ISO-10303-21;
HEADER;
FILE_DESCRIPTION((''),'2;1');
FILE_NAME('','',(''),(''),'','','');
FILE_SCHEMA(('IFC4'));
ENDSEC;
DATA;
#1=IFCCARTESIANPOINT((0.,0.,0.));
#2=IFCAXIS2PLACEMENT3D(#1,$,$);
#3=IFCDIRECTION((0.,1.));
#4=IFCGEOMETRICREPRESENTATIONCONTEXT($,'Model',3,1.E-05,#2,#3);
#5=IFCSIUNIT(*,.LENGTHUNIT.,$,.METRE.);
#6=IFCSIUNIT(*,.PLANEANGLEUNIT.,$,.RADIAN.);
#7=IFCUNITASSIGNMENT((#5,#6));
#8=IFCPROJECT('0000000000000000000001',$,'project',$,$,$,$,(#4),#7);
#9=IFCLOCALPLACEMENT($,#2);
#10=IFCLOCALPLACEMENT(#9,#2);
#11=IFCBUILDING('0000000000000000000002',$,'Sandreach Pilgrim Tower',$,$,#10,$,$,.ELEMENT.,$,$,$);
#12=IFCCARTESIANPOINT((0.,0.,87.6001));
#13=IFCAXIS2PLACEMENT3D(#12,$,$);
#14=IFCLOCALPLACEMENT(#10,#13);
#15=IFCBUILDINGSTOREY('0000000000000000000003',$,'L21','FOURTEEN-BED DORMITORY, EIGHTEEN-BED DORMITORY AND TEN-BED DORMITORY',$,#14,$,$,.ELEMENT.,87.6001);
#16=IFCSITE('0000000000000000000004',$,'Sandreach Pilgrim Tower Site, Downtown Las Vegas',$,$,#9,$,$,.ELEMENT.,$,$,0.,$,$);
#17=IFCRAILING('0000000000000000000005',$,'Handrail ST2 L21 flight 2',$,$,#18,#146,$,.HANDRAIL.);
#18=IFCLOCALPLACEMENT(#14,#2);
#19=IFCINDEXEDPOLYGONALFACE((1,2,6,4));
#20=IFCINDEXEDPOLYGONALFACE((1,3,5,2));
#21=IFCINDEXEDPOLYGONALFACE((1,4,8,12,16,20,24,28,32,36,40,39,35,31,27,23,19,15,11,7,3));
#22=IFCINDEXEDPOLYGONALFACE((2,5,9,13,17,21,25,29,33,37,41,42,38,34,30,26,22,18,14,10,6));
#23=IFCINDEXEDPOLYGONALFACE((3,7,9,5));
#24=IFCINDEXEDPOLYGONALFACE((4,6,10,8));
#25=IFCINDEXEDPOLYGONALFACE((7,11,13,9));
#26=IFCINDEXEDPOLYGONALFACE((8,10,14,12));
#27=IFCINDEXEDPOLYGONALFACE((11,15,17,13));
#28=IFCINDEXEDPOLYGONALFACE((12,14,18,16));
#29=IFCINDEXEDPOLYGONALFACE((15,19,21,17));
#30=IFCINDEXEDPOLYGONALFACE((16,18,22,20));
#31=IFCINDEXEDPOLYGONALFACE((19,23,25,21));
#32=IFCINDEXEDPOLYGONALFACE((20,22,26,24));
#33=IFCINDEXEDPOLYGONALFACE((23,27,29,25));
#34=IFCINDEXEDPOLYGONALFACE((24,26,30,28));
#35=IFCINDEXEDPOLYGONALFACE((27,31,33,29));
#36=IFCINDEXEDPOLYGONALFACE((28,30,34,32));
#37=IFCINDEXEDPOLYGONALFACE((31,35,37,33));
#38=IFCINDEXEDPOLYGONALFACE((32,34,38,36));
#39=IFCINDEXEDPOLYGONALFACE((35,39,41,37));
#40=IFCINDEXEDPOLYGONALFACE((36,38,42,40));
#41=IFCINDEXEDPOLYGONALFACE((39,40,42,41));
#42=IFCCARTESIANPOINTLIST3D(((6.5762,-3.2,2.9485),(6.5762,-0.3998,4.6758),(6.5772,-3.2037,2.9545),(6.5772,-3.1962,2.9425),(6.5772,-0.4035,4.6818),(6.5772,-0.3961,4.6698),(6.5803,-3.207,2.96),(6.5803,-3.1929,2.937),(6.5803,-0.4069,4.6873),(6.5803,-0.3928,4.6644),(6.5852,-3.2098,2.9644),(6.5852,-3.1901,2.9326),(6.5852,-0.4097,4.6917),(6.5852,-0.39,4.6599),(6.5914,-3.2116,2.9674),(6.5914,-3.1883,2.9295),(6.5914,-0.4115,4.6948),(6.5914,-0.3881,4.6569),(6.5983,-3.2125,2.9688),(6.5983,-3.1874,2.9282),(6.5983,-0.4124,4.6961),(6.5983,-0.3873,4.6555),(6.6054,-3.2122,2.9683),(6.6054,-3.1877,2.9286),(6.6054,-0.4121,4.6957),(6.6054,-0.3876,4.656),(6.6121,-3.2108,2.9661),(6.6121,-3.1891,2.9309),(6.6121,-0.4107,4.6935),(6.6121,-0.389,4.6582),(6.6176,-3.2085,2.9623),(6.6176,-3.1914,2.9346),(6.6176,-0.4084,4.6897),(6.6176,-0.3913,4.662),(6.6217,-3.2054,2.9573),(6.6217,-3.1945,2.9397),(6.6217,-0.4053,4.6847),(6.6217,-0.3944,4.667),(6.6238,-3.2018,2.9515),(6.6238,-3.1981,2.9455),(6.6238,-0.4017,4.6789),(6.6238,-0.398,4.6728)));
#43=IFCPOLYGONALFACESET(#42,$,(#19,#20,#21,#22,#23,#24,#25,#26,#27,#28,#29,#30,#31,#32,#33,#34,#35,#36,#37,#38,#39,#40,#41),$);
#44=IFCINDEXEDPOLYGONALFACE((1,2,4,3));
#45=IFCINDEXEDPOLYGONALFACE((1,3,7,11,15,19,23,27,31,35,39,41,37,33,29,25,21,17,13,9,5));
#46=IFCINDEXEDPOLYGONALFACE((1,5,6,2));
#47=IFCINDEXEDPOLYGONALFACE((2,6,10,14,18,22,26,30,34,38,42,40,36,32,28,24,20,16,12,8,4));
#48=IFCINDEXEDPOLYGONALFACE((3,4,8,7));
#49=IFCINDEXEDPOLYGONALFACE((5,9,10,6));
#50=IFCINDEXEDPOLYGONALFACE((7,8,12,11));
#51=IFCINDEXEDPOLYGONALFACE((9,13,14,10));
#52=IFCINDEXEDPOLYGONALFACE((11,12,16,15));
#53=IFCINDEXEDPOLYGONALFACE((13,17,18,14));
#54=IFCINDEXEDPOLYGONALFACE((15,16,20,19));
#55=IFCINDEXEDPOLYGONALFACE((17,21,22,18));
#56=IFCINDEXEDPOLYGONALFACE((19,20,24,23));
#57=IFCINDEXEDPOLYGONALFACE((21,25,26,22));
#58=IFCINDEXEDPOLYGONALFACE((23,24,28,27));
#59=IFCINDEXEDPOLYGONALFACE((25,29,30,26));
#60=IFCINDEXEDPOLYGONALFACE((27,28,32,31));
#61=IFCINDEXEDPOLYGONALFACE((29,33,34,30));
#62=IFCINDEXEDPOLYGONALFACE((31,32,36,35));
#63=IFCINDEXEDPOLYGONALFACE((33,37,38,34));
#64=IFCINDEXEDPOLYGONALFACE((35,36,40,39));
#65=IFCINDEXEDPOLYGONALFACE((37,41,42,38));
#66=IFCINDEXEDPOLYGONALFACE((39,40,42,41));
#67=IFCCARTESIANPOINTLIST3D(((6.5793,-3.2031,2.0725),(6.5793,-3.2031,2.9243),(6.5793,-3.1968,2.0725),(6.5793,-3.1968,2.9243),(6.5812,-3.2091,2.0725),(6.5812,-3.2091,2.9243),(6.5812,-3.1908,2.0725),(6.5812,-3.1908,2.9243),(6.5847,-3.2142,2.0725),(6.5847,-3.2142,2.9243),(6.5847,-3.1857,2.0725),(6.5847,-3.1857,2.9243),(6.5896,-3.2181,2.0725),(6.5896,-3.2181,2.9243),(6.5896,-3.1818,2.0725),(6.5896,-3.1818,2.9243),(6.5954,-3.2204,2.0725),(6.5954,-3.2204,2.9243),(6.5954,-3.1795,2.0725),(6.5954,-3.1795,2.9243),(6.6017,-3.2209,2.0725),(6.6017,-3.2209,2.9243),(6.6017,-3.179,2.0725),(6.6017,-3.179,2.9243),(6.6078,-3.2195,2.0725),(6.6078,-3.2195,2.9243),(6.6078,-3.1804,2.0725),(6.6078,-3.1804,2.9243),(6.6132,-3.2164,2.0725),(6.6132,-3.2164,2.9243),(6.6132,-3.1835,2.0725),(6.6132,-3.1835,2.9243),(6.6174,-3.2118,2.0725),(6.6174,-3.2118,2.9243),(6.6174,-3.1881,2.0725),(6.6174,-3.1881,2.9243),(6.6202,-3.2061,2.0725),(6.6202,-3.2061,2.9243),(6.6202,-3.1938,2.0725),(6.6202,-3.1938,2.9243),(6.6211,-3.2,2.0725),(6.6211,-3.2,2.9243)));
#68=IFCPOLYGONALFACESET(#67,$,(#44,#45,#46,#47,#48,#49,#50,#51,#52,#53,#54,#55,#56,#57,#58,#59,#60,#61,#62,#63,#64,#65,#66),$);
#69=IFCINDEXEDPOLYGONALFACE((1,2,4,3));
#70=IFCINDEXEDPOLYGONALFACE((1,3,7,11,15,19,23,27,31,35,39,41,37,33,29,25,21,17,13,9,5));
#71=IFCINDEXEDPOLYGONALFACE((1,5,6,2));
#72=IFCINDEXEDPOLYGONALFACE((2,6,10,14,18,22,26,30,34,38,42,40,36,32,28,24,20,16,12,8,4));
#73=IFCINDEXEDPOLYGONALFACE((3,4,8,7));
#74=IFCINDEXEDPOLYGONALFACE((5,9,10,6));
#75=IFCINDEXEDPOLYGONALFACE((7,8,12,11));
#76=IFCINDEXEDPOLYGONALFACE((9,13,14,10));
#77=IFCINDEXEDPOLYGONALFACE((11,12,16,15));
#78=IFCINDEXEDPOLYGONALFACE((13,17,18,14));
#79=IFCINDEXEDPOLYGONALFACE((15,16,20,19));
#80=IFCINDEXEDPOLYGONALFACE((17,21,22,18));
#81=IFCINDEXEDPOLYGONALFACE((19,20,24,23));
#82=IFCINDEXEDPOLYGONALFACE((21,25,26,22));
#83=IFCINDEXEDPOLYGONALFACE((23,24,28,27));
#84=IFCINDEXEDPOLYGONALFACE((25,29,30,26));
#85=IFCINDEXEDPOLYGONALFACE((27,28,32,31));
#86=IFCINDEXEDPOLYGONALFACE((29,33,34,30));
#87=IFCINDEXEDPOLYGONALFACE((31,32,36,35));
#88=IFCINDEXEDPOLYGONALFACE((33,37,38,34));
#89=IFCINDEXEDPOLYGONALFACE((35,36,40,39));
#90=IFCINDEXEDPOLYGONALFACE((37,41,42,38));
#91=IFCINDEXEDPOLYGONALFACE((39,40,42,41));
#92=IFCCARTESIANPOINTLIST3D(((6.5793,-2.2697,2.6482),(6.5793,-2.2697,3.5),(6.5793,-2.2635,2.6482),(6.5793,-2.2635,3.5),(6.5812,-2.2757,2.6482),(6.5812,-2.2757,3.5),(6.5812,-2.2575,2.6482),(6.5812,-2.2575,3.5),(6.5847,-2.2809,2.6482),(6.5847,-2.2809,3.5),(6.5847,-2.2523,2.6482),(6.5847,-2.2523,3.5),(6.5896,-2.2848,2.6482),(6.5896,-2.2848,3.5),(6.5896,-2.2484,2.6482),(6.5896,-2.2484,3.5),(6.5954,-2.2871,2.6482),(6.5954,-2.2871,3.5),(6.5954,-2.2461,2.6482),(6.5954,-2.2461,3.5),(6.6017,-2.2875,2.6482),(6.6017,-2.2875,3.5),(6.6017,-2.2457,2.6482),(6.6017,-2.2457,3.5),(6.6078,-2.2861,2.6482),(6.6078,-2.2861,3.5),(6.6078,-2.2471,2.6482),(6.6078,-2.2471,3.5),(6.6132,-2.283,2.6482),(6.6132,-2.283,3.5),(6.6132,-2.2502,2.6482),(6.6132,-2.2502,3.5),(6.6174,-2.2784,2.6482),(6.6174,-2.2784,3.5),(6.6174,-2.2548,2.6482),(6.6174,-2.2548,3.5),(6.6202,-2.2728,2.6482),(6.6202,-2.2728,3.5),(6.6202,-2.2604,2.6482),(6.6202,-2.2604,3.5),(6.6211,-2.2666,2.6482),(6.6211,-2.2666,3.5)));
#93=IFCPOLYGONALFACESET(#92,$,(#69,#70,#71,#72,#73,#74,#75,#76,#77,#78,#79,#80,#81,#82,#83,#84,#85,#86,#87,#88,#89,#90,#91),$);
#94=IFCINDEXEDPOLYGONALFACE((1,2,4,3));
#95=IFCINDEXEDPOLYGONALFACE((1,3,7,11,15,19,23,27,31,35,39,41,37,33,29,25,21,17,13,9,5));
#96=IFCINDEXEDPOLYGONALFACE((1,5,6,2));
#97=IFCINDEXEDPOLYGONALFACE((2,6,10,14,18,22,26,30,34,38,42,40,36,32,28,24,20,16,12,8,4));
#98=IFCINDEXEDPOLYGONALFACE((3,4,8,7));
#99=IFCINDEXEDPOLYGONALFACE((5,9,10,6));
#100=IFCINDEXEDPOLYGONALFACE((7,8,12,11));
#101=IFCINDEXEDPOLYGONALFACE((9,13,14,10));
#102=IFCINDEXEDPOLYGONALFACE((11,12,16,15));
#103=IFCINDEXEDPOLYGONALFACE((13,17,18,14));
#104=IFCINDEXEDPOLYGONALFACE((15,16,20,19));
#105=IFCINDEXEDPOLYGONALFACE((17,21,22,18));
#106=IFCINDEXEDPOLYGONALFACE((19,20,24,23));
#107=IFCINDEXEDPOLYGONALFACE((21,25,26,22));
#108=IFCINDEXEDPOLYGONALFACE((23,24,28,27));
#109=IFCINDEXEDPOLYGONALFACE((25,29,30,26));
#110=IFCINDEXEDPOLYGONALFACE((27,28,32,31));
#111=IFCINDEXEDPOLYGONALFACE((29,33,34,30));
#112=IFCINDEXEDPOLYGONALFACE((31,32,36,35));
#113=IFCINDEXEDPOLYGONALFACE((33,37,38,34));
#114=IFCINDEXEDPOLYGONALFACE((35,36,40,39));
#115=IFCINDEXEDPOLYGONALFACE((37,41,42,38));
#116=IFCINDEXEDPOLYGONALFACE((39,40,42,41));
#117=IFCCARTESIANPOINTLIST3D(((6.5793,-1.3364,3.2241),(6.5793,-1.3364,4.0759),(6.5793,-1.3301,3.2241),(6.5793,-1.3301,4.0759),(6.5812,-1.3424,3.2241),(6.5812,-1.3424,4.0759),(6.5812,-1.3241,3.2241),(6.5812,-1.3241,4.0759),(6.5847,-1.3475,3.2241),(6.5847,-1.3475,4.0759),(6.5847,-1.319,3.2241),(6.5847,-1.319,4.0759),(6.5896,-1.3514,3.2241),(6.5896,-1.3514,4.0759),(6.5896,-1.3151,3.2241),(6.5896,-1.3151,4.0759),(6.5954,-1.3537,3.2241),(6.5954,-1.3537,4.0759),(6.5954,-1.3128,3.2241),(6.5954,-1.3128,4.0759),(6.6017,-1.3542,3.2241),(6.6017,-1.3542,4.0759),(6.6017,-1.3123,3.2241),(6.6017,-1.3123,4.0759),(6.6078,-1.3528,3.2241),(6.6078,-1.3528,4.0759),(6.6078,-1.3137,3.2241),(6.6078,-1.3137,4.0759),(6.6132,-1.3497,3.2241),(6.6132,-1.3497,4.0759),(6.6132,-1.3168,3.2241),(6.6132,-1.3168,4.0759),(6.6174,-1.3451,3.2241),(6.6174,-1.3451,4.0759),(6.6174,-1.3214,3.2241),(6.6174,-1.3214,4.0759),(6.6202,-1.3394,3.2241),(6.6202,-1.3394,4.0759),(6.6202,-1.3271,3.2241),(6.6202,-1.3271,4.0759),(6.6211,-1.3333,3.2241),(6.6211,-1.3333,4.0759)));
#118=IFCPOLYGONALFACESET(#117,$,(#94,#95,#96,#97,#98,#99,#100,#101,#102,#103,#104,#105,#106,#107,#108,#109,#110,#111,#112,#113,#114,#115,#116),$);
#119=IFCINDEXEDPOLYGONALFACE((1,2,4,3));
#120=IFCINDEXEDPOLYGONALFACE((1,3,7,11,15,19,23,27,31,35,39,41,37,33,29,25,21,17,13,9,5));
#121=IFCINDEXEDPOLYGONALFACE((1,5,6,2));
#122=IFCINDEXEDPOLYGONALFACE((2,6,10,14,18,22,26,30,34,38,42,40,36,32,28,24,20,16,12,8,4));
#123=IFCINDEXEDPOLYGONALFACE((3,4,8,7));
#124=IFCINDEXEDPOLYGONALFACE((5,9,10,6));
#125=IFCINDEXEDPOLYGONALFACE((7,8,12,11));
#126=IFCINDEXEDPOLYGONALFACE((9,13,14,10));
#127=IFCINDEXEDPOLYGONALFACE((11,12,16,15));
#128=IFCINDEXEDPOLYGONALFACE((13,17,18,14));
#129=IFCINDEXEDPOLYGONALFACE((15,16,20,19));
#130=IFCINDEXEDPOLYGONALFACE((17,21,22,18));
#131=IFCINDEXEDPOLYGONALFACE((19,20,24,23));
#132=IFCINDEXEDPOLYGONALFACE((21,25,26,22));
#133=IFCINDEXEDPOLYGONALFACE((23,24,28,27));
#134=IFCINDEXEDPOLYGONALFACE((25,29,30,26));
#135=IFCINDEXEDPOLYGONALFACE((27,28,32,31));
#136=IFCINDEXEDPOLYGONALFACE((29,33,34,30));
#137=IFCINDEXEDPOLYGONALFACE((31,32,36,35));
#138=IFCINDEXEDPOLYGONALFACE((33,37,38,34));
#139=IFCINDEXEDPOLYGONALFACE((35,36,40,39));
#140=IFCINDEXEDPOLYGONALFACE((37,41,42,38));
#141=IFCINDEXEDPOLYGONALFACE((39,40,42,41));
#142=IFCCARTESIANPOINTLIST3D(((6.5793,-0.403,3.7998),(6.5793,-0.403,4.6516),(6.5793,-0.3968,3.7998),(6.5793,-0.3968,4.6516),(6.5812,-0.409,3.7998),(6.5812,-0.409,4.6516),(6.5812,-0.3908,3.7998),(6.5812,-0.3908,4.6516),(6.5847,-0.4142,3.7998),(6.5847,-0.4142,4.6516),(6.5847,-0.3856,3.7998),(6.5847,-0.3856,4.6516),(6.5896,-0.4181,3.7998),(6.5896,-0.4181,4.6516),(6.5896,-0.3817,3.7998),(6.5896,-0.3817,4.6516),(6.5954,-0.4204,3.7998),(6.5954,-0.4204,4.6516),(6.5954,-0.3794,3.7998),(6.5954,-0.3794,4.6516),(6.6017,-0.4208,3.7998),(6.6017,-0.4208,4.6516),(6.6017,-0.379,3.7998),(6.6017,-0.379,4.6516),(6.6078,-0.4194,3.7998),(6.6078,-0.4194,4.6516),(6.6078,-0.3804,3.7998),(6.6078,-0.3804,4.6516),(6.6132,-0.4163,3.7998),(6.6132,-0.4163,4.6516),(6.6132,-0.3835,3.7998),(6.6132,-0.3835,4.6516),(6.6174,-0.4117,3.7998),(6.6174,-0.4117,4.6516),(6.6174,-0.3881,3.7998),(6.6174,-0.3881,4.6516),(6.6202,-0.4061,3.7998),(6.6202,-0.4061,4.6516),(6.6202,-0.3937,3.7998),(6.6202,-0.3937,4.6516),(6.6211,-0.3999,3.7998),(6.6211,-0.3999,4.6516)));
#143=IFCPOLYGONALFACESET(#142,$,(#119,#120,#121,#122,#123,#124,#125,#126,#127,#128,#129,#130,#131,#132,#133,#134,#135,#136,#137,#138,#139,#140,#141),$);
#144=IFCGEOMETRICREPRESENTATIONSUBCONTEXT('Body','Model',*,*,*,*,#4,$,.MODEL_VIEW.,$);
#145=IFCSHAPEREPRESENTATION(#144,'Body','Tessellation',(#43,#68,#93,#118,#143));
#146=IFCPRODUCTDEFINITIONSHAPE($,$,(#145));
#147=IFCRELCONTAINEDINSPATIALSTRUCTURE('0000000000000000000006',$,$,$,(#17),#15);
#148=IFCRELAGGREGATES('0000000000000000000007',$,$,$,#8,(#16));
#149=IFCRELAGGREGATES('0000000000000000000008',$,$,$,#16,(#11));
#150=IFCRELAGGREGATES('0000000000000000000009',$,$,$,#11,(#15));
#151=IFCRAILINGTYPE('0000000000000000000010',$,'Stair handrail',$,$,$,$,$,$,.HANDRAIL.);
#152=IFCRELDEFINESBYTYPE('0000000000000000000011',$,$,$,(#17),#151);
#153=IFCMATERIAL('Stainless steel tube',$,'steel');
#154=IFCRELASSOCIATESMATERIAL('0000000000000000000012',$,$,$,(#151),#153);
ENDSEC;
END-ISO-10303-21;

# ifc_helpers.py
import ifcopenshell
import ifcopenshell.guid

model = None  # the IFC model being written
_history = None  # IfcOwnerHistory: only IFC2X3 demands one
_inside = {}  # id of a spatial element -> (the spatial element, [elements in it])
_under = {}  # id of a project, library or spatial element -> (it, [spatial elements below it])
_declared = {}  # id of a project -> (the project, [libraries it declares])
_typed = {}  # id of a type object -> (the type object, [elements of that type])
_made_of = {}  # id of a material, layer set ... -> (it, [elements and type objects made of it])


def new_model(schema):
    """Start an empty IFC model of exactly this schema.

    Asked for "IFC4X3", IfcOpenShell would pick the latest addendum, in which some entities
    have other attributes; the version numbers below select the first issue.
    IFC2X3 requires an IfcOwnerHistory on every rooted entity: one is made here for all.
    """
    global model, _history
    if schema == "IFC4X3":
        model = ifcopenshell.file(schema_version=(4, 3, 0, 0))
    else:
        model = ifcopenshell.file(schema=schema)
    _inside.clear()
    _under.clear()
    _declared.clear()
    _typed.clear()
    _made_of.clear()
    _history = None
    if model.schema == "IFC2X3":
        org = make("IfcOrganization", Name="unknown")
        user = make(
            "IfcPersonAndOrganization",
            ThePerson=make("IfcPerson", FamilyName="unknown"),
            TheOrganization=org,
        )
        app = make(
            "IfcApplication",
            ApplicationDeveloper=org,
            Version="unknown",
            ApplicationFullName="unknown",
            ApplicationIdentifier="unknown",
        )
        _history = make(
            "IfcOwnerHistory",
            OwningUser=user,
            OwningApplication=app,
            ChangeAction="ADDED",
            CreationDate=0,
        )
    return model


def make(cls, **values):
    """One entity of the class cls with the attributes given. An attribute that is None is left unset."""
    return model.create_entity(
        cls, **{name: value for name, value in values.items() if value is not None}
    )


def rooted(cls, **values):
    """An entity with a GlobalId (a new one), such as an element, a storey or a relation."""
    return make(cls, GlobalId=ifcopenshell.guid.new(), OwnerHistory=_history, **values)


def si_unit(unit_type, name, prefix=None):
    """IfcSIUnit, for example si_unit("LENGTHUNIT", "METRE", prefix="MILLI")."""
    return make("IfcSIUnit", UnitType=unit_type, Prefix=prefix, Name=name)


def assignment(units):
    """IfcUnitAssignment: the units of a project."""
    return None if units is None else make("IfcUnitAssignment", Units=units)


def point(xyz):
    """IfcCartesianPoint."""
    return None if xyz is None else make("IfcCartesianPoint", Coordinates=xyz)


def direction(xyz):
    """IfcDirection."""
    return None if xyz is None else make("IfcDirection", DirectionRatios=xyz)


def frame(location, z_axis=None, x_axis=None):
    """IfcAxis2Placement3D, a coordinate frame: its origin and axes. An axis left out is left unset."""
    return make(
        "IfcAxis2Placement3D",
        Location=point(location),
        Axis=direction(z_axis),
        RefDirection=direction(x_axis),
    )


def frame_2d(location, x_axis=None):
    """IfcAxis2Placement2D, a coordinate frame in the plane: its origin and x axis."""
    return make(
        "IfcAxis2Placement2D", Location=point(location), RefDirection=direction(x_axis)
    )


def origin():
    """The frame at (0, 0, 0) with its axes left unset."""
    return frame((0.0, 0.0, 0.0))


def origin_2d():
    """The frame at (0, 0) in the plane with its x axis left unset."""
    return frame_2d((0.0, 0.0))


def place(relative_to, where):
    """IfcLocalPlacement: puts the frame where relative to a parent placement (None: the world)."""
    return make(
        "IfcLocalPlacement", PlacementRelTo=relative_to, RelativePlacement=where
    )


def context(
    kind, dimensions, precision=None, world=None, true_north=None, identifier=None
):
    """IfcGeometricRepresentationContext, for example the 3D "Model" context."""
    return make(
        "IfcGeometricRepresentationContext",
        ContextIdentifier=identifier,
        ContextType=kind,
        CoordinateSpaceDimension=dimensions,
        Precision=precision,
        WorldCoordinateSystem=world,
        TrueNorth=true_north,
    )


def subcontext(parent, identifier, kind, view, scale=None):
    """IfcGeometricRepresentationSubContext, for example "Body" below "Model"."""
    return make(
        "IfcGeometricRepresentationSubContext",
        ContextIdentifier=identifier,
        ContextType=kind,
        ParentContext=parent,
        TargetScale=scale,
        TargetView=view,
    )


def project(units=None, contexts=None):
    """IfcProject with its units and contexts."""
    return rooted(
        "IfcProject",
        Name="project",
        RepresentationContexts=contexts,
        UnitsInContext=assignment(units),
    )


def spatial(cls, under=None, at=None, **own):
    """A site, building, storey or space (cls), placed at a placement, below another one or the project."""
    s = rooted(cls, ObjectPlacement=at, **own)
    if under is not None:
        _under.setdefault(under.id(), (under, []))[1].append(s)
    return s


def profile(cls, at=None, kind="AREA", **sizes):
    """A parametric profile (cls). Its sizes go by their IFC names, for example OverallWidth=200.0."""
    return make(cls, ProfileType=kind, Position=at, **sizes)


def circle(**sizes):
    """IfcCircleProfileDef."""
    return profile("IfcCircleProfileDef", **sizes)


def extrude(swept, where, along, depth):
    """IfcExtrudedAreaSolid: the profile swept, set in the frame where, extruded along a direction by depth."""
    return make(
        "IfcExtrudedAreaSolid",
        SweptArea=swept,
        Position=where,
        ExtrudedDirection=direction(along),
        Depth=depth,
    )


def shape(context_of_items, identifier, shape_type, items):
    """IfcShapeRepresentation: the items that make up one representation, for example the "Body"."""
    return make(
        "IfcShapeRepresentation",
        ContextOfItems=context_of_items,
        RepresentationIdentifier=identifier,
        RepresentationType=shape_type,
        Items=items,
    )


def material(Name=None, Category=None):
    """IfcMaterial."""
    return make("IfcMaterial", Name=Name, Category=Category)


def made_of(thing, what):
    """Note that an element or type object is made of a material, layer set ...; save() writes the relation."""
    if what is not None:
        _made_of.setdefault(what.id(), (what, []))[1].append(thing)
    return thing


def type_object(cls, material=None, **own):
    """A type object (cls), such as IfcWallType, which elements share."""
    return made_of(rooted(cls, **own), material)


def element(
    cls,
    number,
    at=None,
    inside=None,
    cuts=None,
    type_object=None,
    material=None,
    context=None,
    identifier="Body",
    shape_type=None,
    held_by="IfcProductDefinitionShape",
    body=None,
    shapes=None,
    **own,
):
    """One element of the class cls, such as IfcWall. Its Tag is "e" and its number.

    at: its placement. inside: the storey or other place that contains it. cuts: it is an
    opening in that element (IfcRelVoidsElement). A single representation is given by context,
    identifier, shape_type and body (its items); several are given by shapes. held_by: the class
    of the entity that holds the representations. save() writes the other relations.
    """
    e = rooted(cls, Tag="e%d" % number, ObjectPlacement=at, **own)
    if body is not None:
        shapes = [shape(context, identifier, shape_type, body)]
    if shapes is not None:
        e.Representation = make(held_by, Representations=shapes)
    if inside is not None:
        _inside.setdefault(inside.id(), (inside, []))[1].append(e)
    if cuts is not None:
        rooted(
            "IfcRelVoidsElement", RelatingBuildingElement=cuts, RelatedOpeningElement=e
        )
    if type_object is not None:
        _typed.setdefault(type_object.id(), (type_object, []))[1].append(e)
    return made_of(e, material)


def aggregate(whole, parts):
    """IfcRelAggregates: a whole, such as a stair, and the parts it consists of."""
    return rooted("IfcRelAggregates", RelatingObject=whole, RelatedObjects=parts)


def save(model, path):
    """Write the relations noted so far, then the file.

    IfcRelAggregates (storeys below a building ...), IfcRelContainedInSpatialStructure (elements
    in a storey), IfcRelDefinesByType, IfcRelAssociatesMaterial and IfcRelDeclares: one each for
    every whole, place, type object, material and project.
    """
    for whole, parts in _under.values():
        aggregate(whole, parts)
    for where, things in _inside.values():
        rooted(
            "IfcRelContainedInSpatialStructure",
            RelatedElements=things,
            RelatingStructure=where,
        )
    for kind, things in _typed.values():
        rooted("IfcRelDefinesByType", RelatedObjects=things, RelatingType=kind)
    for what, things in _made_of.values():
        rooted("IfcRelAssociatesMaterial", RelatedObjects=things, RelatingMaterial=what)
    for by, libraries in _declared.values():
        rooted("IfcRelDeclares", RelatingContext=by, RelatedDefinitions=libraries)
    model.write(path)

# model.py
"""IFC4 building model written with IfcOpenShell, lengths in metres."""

from ifc_helpers import new_model, si_unit, direction, frame, origin, origin_2d, place, context, subcontext, project, spatial, circle, extrude, material, type_object, element, save


model = new_model("IFC4")

# Units and contexts
model_context = context("Model", 3, precision=1e-05, world=origin(), true_north=direction((0.0, 1.0)))
body_context = subcontext(model_context, "Body", "Model", "MODEL_VIEW")
ifc_project = project(units=[si_unit("LENGTHUNIT", "METRE"), si_unit("PLANEANGLEUNIT", "RADIAN")], contexts=[model_context])

# Site, building, storey
site_placement = place(None, origin())
site = spatial("IfcSite", under=ifc_project, at=site_placement, Name="Sandreach Pilgrim Tower Site, Downtown Las Vegas", CompositionType="ELEMENT", RefElevation=0.0)
building_placement = place(site_placement, origin())
building = spatial("IfcBuilding", under=site, at=building_placement, Name="Sandreach Pilgrim Tower", CompositionType="ELEMENT")
storey_placement = place(building_placement, frame((0.0, 0.0, 87.6001)))
storey = spatial("IfcBuildingStorey", under=building, at=storey_placement, Name="L21", Description="FOURTEEN-BED DORMITORY, EIGHTEEN-BED DORMITORY AND TEN-BED DORMITORY", CompositionType="ELEMENT", Elevation=87.6001)

# Railing
ifc_material_1 = material(Name="Stainless steel tube", Category="steel")
railing_type = type_object("IfcRailingType", Name="Stair handrail", PredefinedType="HANDRAIL", material=ifc_material_1)
for number, where, name in (
    (1, (6.6001, -3.2, 2.0725), "Handrail ST2 L21 flight 2"),
):
    element("IfcRailing", number, at=place(storey_placement, frame(where)), inside=storey, type_object=railing_type, Name=name, PredefinedType="HANDRAIL", context=body_context, shape_type="SweptSolid", body=[
        extrude(circle(Radius=0.0239, at=origin_2d()), frame((0.0, 0.0, 0.876), z_axis=(0.0, 0.85109, 0.52502), x_axis=(-1.0, 0.0, 0.0)), (0.0, 0.0, 1.0), 3.29),
        extrude(circle(Radius=0.021, at=origin_2d()), origin(), (0.0, 0.0, 1.0), 0.8518),
        extrude(circle(Radius=0.021, at=origin_2d()), frame((0.0, 0.9333, 0.5757)), (0.0, 0.0, 1.0), 0.8518),
        extrude(circle(Radius=0.021, at=origin_2d()), frame((0.0, 1.8667, 1.1516)), (0.0, 0.0, 1.0), 0.8518),
        extrude(circle(Radius=0.021, at=origin_2d()), frame((0.0, 2.8, 1.7273)), (0.0, 0.0, 1.0), 0.8518),
    ])

save(model, "model.ifc")
